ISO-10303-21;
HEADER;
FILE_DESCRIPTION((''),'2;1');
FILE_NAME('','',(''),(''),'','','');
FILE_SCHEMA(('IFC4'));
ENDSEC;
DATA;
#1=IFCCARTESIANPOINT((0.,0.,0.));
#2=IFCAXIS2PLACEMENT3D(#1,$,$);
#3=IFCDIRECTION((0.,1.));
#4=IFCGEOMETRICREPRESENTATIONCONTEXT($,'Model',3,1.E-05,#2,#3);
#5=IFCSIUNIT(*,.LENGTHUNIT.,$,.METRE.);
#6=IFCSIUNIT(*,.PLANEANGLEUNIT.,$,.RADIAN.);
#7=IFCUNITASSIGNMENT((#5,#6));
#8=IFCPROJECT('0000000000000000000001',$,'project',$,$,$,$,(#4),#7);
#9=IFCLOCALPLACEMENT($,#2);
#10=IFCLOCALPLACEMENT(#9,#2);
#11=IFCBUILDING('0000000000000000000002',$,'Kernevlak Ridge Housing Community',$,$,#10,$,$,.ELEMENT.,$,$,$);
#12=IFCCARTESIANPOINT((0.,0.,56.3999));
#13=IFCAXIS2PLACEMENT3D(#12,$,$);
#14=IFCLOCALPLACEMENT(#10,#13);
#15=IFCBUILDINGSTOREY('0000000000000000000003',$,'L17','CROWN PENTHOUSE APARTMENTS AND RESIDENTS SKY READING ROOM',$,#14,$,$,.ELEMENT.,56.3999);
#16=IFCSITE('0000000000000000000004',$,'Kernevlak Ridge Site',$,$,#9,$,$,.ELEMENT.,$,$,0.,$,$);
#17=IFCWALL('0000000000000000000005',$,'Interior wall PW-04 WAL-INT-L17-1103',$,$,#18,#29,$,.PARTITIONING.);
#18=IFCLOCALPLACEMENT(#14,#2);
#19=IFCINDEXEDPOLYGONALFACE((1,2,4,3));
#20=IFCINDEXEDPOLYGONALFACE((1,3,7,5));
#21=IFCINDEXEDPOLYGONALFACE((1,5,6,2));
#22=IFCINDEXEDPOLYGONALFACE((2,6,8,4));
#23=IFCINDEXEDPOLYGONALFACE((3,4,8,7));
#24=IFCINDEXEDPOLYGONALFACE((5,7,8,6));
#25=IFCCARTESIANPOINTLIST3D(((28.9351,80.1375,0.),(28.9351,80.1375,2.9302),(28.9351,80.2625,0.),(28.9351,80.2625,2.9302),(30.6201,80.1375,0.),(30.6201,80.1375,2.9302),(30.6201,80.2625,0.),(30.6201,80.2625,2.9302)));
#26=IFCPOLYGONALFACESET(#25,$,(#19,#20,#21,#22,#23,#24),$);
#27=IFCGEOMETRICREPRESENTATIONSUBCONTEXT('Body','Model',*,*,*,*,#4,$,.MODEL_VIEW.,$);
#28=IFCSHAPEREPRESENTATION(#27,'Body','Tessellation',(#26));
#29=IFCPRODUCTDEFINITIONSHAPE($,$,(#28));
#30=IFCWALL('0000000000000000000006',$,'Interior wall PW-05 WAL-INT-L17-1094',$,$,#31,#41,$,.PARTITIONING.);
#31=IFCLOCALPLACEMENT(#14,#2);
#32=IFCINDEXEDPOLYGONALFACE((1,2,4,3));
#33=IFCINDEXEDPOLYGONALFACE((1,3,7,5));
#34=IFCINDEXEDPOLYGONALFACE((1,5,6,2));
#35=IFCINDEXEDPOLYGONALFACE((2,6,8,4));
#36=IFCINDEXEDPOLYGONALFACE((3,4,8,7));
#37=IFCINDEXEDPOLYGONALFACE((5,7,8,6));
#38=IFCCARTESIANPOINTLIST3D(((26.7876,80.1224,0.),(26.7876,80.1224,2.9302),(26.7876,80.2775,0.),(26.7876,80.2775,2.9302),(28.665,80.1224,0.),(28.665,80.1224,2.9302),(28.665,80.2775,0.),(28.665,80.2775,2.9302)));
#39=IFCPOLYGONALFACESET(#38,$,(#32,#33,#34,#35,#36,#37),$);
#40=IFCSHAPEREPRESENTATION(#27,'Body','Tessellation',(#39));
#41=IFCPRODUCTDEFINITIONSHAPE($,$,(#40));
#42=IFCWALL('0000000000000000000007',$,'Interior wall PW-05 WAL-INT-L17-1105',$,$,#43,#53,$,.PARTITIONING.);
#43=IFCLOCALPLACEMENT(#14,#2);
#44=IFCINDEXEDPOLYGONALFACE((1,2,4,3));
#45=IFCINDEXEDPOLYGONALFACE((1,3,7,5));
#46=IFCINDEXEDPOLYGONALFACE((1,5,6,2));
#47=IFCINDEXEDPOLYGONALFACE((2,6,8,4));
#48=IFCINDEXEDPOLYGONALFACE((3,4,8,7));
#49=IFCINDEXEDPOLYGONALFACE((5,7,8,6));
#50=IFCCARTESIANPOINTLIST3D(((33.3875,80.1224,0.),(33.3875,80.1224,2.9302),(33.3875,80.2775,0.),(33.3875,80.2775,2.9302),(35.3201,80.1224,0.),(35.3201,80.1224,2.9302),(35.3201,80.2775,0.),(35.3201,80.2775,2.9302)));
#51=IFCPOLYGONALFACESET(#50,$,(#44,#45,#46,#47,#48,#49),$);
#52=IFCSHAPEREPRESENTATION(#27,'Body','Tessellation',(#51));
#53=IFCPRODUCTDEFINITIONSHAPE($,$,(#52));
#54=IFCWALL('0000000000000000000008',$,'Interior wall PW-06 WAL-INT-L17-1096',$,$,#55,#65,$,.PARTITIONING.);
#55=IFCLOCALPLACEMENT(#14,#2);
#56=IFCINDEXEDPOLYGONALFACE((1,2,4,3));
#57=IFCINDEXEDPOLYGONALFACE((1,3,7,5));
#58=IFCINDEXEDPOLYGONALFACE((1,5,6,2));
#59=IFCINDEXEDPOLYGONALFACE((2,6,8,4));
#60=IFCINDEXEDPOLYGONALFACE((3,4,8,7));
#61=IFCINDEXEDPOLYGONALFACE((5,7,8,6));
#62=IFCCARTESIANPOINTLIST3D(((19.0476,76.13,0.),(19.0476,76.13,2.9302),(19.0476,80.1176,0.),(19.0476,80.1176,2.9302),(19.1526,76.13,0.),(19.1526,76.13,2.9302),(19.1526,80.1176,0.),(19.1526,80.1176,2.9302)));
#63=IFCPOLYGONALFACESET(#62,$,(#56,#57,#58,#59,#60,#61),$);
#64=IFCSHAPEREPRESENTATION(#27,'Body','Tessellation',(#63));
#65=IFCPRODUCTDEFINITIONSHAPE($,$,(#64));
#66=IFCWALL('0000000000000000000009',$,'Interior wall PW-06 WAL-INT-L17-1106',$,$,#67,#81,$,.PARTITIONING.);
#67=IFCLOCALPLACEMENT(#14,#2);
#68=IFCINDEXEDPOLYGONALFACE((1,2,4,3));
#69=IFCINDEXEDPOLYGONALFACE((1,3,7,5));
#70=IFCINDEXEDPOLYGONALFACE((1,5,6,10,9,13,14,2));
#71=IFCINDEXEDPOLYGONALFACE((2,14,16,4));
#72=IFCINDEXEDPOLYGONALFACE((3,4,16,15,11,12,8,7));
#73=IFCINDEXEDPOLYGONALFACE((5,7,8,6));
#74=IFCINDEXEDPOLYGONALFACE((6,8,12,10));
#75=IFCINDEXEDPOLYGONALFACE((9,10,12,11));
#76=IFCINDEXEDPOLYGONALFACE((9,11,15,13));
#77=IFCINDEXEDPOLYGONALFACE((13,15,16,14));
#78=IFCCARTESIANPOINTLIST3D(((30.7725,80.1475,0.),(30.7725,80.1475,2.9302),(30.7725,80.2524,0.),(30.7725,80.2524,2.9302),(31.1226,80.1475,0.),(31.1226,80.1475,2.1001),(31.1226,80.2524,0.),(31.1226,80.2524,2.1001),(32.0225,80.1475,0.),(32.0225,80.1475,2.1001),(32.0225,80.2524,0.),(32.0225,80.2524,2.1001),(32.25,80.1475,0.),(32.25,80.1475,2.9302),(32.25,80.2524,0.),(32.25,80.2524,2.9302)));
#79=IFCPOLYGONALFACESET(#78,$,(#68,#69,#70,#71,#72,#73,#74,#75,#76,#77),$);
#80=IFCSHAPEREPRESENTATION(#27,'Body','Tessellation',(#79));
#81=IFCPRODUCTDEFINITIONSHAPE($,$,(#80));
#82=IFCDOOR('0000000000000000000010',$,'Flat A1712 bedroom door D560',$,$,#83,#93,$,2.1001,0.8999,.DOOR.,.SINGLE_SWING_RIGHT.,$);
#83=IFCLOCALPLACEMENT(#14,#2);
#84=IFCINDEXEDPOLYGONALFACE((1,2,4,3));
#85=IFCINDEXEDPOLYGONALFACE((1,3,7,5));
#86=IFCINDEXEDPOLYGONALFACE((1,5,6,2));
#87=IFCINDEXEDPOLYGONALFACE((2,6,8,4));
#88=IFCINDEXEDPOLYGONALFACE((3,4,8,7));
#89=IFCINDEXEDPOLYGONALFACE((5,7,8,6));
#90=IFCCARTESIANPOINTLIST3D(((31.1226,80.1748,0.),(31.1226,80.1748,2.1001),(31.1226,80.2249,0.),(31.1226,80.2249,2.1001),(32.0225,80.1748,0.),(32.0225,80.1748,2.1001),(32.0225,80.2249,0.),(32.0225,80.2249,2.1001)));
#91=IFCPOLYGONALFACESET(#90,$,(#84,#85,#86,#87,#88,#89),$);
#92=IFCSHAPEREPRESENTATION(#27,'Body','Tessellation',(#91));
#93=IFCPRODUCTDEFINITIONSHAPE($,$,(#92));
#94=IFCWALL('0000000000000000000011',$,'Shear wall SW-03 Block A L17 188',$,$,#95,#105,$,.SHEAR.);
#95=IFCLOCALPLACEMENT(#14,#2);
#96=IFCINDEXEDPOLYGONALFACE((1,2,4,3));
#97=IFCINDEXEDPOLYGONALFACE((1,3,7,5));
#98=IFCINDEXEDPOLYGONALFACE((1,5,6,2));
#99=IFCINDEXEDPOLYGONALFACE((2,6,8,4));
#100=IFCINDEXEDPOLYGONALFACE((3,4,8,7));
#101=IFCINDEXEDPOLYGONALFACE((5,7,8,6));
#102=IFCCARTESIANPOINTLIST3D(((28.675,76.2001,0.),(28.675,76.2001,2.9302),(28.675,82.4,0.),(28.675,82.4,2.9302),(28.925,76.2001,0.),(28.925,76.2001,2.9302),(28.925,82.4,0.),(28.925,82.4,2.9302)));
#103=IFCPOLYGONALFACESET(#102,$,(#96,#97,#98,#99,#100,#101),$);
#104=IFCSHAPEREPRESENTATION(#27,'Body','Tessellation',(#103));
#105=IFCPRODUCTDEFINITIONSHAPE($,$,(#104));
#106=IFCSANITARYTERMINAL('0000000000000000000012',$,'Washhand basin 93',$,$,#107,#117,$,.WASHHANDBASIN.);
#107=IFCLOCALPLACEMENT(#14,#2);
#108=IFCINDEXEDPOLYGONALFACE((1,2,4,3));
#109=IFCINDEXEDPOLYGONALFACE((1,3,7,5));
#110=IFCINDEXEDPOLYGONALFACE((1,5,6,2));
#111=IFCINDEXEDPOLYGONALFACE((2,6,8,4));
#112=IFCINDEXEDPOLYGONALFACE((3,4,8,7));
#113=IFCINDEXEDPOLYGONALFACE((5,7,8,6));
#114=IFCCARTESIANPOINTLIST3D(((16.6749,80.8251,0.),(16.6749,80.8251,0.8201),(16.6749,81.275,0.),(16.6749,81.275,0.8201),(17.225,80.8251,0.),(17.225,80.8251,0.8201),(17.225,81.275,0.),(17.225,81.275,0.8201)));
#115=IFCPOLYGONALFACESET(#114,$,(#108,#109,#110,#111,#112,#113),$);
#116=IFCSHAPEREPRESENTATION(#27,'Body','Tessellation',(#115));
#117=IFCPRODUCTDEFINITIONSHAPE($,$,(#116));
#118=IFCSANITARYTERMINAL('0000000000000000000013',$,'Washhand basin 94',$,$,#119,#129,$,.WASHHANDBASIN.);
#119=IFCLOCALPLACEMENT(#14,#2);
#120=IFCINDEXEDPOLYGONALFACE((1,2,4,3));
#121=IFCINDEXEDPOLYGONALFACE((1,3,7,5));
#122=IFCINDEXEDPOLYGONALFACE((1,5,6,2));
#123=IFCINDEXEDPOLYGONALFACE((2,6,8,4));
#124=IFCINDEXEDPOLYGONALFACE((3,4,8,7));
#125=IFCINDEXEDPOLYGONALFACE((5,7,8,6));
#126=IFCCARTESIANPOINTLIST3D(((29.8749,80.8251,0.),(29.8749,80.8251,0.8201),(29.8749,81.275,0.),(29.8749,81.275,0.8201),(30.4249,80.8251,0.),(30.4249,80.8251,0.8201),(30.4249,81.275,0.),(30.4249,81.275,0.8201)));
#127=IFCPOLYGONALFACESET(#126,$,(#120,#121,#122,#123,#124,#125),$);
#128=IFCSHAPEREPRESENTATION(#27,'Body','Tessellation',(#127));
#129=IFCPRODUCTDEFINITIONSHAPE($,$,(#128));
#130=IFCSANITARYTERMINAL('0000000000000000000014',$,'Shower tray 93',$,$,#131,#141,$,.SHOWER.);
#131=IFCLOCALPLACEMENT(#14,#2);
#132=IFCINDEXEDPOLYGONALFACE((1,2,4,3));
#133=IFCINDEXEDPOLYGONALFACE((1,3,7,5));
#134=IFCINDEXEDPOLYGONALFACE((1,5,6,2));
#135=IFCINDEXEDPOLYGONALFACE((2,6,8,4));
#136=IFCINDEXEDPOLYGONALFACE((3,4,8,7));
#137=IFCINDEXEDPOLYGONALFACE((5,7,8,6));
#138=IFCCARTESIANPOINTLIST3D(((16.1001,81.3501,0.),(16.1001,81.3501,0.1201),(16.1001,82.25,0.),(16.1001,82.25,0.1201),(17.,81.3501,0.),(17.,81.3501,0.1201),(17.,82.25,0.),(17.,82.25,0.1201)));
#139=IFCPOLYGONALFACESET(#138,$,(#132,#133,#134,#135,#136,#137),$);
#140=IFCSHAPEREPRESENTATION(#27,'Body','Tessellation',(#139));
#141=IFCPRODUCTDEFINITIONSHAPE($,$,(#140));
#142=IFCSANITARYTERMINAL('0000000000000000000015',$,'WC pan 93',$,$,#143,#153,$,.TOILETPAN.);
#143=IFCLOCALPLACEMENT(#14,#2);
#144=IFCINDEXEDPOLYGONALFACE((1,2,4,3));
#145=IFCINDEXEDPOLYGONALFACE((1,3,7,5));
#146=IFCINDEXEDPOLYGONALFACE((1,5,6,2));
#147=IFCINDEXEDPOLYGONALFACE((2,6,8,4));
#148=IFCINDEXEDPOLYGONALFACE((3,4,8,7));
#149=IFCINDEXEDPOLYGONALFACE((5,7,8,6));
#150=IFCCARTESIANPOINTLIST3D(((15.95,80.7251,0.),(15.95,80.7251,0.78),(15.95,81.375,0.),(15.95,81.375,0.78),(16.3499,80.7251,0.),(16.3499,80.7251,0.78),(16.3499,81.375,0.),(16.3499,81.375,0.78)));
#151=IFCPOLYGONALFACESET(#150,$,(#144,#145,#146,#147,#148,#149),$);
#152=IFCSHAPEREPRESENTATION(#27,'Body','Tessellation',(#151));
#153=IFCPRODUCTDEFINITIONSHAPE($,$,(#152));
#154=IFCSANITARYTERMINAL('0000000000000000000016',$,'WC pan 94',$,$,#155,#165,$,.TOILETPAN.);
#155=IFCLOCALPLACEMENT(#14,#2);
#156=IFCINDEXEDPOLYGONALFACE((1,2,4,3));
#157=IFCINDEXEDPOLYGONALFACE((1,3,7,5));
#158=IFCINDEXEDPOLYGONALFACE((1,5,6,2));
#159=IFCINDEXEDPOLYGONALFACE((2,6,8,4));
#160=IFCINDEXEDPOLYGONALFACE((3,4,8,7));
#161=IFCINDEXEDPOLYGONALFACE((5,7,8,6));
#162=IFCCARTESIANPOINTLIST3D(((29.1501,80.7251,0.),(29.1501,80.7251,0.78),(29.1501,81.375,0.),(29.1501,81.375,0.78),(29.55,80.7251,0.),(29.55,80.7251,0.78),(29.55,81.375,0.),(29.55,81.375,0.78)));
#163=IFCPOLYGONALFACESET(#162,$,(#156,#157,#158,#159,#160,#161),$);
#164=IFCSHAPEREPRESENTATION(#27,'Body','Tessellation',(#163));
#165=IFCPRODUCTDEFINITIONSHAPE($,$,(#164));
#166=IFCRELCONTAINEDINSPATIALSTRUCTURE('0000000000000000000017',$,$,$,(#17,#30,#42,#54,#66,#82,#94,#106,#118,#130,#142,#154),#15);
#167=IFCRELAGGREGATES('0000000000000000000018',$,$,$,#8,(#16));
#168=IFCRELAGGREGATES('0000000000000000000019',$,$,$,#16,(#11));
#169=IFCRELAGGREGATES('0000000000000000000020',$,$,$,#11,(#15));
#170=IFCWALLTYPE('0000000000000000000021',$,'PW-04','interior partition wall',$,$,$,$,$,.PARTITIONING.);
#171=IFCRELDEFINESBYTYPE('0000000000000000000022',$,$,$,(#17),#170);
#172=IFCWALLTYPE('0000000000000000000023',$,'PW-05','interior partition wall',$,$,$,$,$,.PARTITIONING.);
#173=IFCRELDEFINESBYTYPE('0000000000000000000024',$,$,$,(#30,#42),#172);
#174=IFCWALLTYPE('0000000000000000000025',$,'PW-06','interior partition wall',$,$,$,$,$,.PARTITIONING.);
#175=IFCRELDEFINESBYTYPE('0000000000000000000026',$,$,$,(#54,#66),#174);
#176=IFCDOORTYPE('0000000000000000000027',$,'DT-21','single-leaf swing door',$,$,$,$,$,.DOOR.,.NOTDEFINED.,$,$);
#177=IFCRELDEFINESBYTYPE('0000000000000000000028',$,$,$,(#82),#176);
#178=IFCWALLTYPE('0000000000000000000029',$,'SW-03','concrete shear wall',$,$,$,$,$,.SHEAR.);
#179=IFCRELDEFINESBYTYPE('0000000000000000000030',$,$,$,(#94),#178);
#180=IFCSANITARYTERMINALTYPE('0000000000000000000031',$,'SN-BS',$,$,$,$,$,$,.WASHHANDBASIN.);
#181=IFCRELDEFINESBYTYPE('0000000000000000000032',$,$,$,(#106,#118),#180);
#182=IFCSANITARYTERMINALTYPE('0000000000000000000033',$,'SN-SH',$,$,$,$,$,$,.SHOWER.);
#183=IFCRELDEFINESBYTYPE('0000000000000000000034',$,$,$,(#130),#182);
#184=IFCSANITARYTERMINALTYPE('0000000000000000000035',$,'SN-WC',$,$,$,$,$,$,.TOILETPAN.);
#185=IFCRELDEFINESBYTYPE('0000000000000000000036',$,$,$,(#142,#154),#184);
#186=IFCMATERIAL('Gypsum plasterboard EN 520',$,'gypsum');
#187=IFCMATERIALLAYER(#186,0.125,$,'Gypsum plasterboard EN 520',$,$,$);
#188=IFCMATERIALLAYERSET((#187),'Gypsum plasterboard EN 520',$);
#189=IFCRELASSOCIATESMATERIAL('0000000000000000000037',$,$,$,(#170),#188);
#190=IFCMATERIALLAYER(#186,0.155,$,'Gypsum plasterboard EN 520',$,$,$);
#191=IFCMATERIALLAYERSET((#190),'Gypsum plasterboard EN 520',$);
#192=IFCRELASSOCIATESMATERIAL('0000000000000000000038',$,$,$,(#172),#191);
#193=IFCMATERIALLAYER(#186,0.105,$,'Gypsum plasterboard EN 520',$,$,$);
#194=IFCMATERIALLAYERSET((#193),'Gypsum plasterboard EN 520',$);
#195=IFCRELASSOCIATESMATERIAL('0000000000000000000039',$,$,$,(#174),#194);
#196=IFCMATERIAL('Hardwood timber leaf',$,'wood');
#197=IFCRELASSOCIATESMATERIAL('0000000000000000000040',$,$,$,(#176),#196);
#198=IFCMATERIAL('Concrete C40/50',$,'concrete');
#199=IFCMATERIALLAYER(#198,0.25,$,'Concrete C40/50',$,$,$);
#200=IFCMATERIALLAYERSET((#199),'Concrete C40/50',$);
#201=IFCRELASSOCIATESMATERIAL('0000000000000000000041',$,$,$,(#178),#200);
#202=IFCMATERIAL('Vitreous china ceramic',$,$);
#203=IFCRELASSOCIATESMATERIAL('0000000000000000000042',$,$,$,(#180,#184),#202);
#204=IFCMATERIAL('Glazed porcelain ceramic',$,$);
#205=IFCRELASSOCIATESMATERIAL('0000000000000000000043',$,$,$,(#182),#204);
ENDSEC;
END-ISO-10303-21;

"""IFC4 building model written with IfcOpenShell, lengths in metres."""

from ifc_helpers import new_model, si_unit, direction, frame, frame_2d, origin, origin_2d, place, context, subcontext, project, spatial, rectangle, extrude, material, layer, layer_set, type_object, element, fill, save


model = new_model("IFC4")

# Units and contexts
model_context = context("Model", 3, precision=1e-05, world=origin(), true_north=direction((0.0, 1.0)))
body_context = subcontext(model_context, "Body", "Model", "MODEL_VIEW")
ifc_project = project(units=[si_unit("LENGTHUNIT", "METRE"), si_unit("PLANEANGLEUNIT", "RADIAN")], contexts=[model_context])

# Site, building, storey
site_placement = place(None, origin())
site = spatial("IfcSite", under=ifc_project, at=site_placement, Name="Kernevlak Ridge Site", CompositionType="ELEMENT", RefElevation=0.0)
building_placement = place(site_placement, origin())
building = spatial("IfcBuilding", under=site, at=building_placement, Name="Kernevlak Ridge Housing Community", CompositionType="ELEMENT")
storey_placement = place(building_placement, frame((0.0, 0.0, 56.3999)))
storey = spatial("IfcBuildingStorey", under=building, at=storey_placement, Name="L17", Description="CROWN PENTHOUSE APARTMENTS AND RESIDENTS SKY READING ROOM", CompositionType="ELEMENT", Elevation=56.3999)

# Shared definitions
ifc_material_1 = material(Name="Hardwood timber leaf", Category="wood")

# Walls
ifc_material_2 = material(Name="Gypsum plasterboard EN 520", Category="gypsum")
ifc_layer_1 = layer(ifc_material_2, 0.125, Name="Gypsum plasterboard EN 520")
ifc_layer_set_1 = layer_set([ifc_layer_1], Name="Gypsum plasterboard EN 520")
wall_type_1 = type_object("IfcWallType", Name="PW-04", Description="interior partition wall", PredefinedType="PARTITIONING", material=ifc_layer_set_1)
wall_1_placement = place(storey_placement, frame((28.9351, 80.2, 0.0), z_axis=(0.0, 0.0, 1.0), x_axis=(1.0, 0.0, 0.0)))
element("IfcWall", 1, at=wall_1_placement, inside=storey, type_object=wall_type_1, Name="Interior wall PW-04 WAL-INT-L17-1103", PredefinedType="PARTITIONING", context=body_context, shape_type="SweptSolid", body=[
    extrude(rectangle(XDim=1.6851, YDim=0.125, at=frame_2d((0.8425, 0.0))), origin(), (0.0, 0.0, 1.0), 2.9302),
])
ifc_layer_2 = layer(ifc_material_2, 0.155, Name="Gypsum plasterboard EN 520")
ifc_layer_set_2 = layer_set([ifc_layer_2], Name="Gypsum plasterboard EN 520")
wall_type_2 = type_object("IfcWallType", Name="PW-05", Description="interior partition wall", PredefinedType="PARTITIONING", material=ifc_layer_set_2)
wall_2_placement = place(storey_placement, frame((26.7876, 80.2, 0.0), z_axis=(0.0, 0.0, 1.0), x_axis=(1.0, 0.0, 0.0)))
element("IfcWall", 2, at=wall_2_placement, inside=storey, type_object=wall_type_2, Name="Interior wall PW-05 WAL-INT-L17-1094", PredefinedType="PARTITIONING", context=body_context, shape_type="SweptSolid", body=[
    extrude(rectangle(XDim=1.8774, YDim=0.155, at=frame_2d((0.9387, 0.0))), origin(), (0.0, 0.0, 1.0), 2.9302),
])
wall_3_placement = place(storey_placement, frame((33.3875, 80.2, 0.0), z_axis=(0.0, 0.0, 1.0), x_axis=(1.0, 0.0, 0.0)))
element("IfcWall", 3, at=wall_3_placement, inside=storey, type_object=wall_type_2, Name="Interior wall PW-05 WAL-INT-L17-1105", PredefinedType="PARTITIONING", context=body_context, shape_type="SweptSolid", body=[
    extrude(rectangle(XDim=1.9326, YDim=0.155, at=frame_2d((0.9663, 0.0))), origin(), (0.0, 0.0, 1.0), 2.9302),
])
ifc_layer_3 = layer(ifc_material_2, 0.105, Name="Gypsum plasterboard EN 520")
ifc_layer_set_3 = layer_set([ifc_layer_3], Name="Gypsum plasterboard EN 520")
wall_type_3 = type_object("IfcWallType", Name="PW-06", Description="interior partition wall", PredefinedType="PARTITIONING", material=ifc_layer_set_3)
wall_4_placement = place(storey_placement, frame((19.1001, 80.1174, 0.0), z_axis=(0.0, 0.0, 1.0), x_axis=(0.0, -1.0, 0.0)))
element("IfcWall", 4, at=wall_4_placement, inside=storey, type_object=wall_type_3, Name="Interior wall PW-06 WAL-INT-L17-1096", PredefinedType="PARTITIONING", context=body_context, shape_type="SweptSolid", body=[
    extrude(rectangle(XDim=3.9875, YDim=0.105, at=frame_2d((1.9937, 0.0))), origin(), (0.0, 0.0, 1.0), 2.9302),
])

# Wall, opening, door
wall_5_placement = place(storey_placement, frame((30.7725, 80.2, 0.0), z_axis=(0.0, 0.0, 1.0), x_axis=(1.0, 0.0, 0.0)))
wall_5 = element("IfcWall", 5, at=wall_5_placement, inside=storey, type_object=wall_type_3, Name="Interior wall PW-06 WAL-INT-L17-1106", PredefinedType="PARTITIONING", context=body_context, shape_type="SweptSolid", body=[
    extrude(rectangle(XDim=1.4775, YDim=0.105, at=frame_2d((0.7388, 0.0))), origin(), (0.0, 0.0, 1.0), 2.9302),
])
opening_1_placement = place(wall_5_placement, frame((0.3501, 0.0, 0.0)))
opening_1 = element("IfcOpeningElement", 6, at=opening_1_placement, cuts=wall_5, PredefinedType="OPENING", context=body_context, shape_type="SweptSolid", body=[
    extrude(rectangle(XDim=0.8999, YDim=2.1001, at=frame_2d((0.45, 1.05))), frame((0.0, 0.0625, 0.0), z_axis=(0.0, -1.0, 0.0), x_axis=(1.0, 0.0, 0.0)), (0.0, 0.0, 1.0), 0.125),
])
door_type_1 = type_object("IfcDoorType", Name="DT-21", Description="single-leaf swing door", OperationType="NOTDEFINED", PredefinedType="DOOR", material=ifc_material_1)
door_1_placement = place(opening_1_placement, origin())
door_1 = element("IfcDoor", 7, at=door_1_placement, inside=storey, type_object=door_type_1, Name="Flat A1712 bedroom door D560", OperationType="SINGLE_SWING_RIGHT", OverallHeight=2.1001, OverallWidth=0.8999, PredefinedType="DOOR", context=body_context, shape_type="SweptSolid", body=[
    extrude(rectangle(XDim=0.8999, YDim=2.1001, at=frame_2d((0.45, 1.05))), frame((0.0, 0.0249, 0.0), z_axis=(0.0, -1.0, 0.0), x_axis=(1.0, 0.0, 0.0)), (0.0, 0.0, 1.0), 0.05),
])
fill(opening_1, door_1)

# Wall
ifc_material_3 = material(Name="Concrete C40/50", Category="concrete")
ifc_layer_4 = layer(ifc_material_3, 0.25, Name="Concrete C40/50")
ifc_layer_set_4 = layer_set([ifc_layer_4], Name="Concrete C40/50")
wall_type_4 = type_object("IfcWallType", Name="SW-03", Description="concrete shear wall", PredefinedType="SHEAR", material=ifc_layer_set_4)
wall_6_placement = place(storey_placement, frame((28.8, 76.2, 0.0), z_axis=(0.0, 0.0, 1.0), x_axis=(0.0, 1.0, 0.0)))
element("IfcWall", 8, at=wall_6_placement, inside=storey, type_object=wall_type_4, Name="Shear wall SW-03 Block A L17 188", PredefinedType="SHEAR", context=body_context, shape_type="SweptSolid", body=[
    extrude(rectangle(XDim=6.2, YDim=0.25, at=frame_2d((3.1001, 0.0))), origin(), (0.0, 0.0, 1.0), 2.9302),
])

# Sanitary terminals
ifc_material_4 = material(Name="Vitreous china ceramic")
sanitary_terminal_type_1 = type_object("IfcSanitaryTerminalType", Name="SN-BS", PredefinedType="WASHHANDBASIN", material=ifc_material_4)
for number, where, z_axis, x_axis, name in (
    (9, (16.95, 81.05, 0.0), (0.0, 0.0, 1.0), (1.0, 0.0, 0.0), "Washhand basin 93"),
    (10, (30.1499, 81.05, 0.0), (0.0, 0.0, 1.0), (1.0, 0.0, 0.0), "Washhand basin 94"),
):
    element("IfcSanitaryTerminal", number, at=place(storey_placement, frame(where, z_axis=z_axis, x_axis=x_axis)), inside=storey, type_object=sanitary_terminal_type_1, Name=name, PredefinedType="WASHHANDBASIN", context=body_context, shape_type="SweptSolid", body=[
        extrude(rectangle(XDim=0.55, YDim=0.45, at=origin_2d()), origin(), (0.0, 0.0, 1.0), 0.8201),
    ])
ifc_material_5 = material(Name="Glazed porcelain ceramic")
sanitary_terminal_type_2 = type_object("IfcSanitaryTerminalType", Name="SN-SH", PredefinedType="SHOWER", material=ifc_material_5)
sanitary_terminal_placement = place(storey_placement, frame((16.55, 81.8, 0.0), z_axis=(0.0, 0.0, 1.0), x_axis=(1.0, 0.0, 0.0)))
element("IfcSanitaryTerminal", 11, at=sanitary_terminal_placement, inside=storey, type_object=sanitary_terminal_type_2, Name="Shower tray 93", PredefinedType="SHOWER", context=body_context, shape_type="SweptSolid", body=[
    extrude(rectangle(XDim=0.8999, YDim=0.8999, at=origin_2d()), origin(), (0.0, 0.0, 1.0), 0.1201),
])
sanitary_terminal_type_3 = type_object("IfcSanitaryTerminalType", Name="SN-WC", PredefinedType="TOILETPAN", material=ifc_material_4)
for number, where, z_axis, x_axis, name in (
    (12, (16.1499, 81.05, 0.0), (0.0, 0.0, 1.0), (1.0, 0.0, 0.0), "WC pan 93"),
    (13, (29.3501, 81.05, 0.0), (0.0, 0.0, 1.0), (1.0, 0.0, 0.0), "WC pan 94"),
):
    element("IfcSanitaryTerminal", number, at=place(storey_placement, frame(where, z_axis=z_axis, x_axis=x_axis)), inside=storey, type_object=sanitary_terminal_type_3, Name=name, PredefinedType="TOILETPAN", context=body_context, shape_type="SweptSolid", body=[
        extrude(rectangle(XDim=0.3999, YDim=0.6499, at=origin_2d()), origin(), (0.0, 0.0, 1.0), 0.78),
    ])

save(model, "model.ifc")
